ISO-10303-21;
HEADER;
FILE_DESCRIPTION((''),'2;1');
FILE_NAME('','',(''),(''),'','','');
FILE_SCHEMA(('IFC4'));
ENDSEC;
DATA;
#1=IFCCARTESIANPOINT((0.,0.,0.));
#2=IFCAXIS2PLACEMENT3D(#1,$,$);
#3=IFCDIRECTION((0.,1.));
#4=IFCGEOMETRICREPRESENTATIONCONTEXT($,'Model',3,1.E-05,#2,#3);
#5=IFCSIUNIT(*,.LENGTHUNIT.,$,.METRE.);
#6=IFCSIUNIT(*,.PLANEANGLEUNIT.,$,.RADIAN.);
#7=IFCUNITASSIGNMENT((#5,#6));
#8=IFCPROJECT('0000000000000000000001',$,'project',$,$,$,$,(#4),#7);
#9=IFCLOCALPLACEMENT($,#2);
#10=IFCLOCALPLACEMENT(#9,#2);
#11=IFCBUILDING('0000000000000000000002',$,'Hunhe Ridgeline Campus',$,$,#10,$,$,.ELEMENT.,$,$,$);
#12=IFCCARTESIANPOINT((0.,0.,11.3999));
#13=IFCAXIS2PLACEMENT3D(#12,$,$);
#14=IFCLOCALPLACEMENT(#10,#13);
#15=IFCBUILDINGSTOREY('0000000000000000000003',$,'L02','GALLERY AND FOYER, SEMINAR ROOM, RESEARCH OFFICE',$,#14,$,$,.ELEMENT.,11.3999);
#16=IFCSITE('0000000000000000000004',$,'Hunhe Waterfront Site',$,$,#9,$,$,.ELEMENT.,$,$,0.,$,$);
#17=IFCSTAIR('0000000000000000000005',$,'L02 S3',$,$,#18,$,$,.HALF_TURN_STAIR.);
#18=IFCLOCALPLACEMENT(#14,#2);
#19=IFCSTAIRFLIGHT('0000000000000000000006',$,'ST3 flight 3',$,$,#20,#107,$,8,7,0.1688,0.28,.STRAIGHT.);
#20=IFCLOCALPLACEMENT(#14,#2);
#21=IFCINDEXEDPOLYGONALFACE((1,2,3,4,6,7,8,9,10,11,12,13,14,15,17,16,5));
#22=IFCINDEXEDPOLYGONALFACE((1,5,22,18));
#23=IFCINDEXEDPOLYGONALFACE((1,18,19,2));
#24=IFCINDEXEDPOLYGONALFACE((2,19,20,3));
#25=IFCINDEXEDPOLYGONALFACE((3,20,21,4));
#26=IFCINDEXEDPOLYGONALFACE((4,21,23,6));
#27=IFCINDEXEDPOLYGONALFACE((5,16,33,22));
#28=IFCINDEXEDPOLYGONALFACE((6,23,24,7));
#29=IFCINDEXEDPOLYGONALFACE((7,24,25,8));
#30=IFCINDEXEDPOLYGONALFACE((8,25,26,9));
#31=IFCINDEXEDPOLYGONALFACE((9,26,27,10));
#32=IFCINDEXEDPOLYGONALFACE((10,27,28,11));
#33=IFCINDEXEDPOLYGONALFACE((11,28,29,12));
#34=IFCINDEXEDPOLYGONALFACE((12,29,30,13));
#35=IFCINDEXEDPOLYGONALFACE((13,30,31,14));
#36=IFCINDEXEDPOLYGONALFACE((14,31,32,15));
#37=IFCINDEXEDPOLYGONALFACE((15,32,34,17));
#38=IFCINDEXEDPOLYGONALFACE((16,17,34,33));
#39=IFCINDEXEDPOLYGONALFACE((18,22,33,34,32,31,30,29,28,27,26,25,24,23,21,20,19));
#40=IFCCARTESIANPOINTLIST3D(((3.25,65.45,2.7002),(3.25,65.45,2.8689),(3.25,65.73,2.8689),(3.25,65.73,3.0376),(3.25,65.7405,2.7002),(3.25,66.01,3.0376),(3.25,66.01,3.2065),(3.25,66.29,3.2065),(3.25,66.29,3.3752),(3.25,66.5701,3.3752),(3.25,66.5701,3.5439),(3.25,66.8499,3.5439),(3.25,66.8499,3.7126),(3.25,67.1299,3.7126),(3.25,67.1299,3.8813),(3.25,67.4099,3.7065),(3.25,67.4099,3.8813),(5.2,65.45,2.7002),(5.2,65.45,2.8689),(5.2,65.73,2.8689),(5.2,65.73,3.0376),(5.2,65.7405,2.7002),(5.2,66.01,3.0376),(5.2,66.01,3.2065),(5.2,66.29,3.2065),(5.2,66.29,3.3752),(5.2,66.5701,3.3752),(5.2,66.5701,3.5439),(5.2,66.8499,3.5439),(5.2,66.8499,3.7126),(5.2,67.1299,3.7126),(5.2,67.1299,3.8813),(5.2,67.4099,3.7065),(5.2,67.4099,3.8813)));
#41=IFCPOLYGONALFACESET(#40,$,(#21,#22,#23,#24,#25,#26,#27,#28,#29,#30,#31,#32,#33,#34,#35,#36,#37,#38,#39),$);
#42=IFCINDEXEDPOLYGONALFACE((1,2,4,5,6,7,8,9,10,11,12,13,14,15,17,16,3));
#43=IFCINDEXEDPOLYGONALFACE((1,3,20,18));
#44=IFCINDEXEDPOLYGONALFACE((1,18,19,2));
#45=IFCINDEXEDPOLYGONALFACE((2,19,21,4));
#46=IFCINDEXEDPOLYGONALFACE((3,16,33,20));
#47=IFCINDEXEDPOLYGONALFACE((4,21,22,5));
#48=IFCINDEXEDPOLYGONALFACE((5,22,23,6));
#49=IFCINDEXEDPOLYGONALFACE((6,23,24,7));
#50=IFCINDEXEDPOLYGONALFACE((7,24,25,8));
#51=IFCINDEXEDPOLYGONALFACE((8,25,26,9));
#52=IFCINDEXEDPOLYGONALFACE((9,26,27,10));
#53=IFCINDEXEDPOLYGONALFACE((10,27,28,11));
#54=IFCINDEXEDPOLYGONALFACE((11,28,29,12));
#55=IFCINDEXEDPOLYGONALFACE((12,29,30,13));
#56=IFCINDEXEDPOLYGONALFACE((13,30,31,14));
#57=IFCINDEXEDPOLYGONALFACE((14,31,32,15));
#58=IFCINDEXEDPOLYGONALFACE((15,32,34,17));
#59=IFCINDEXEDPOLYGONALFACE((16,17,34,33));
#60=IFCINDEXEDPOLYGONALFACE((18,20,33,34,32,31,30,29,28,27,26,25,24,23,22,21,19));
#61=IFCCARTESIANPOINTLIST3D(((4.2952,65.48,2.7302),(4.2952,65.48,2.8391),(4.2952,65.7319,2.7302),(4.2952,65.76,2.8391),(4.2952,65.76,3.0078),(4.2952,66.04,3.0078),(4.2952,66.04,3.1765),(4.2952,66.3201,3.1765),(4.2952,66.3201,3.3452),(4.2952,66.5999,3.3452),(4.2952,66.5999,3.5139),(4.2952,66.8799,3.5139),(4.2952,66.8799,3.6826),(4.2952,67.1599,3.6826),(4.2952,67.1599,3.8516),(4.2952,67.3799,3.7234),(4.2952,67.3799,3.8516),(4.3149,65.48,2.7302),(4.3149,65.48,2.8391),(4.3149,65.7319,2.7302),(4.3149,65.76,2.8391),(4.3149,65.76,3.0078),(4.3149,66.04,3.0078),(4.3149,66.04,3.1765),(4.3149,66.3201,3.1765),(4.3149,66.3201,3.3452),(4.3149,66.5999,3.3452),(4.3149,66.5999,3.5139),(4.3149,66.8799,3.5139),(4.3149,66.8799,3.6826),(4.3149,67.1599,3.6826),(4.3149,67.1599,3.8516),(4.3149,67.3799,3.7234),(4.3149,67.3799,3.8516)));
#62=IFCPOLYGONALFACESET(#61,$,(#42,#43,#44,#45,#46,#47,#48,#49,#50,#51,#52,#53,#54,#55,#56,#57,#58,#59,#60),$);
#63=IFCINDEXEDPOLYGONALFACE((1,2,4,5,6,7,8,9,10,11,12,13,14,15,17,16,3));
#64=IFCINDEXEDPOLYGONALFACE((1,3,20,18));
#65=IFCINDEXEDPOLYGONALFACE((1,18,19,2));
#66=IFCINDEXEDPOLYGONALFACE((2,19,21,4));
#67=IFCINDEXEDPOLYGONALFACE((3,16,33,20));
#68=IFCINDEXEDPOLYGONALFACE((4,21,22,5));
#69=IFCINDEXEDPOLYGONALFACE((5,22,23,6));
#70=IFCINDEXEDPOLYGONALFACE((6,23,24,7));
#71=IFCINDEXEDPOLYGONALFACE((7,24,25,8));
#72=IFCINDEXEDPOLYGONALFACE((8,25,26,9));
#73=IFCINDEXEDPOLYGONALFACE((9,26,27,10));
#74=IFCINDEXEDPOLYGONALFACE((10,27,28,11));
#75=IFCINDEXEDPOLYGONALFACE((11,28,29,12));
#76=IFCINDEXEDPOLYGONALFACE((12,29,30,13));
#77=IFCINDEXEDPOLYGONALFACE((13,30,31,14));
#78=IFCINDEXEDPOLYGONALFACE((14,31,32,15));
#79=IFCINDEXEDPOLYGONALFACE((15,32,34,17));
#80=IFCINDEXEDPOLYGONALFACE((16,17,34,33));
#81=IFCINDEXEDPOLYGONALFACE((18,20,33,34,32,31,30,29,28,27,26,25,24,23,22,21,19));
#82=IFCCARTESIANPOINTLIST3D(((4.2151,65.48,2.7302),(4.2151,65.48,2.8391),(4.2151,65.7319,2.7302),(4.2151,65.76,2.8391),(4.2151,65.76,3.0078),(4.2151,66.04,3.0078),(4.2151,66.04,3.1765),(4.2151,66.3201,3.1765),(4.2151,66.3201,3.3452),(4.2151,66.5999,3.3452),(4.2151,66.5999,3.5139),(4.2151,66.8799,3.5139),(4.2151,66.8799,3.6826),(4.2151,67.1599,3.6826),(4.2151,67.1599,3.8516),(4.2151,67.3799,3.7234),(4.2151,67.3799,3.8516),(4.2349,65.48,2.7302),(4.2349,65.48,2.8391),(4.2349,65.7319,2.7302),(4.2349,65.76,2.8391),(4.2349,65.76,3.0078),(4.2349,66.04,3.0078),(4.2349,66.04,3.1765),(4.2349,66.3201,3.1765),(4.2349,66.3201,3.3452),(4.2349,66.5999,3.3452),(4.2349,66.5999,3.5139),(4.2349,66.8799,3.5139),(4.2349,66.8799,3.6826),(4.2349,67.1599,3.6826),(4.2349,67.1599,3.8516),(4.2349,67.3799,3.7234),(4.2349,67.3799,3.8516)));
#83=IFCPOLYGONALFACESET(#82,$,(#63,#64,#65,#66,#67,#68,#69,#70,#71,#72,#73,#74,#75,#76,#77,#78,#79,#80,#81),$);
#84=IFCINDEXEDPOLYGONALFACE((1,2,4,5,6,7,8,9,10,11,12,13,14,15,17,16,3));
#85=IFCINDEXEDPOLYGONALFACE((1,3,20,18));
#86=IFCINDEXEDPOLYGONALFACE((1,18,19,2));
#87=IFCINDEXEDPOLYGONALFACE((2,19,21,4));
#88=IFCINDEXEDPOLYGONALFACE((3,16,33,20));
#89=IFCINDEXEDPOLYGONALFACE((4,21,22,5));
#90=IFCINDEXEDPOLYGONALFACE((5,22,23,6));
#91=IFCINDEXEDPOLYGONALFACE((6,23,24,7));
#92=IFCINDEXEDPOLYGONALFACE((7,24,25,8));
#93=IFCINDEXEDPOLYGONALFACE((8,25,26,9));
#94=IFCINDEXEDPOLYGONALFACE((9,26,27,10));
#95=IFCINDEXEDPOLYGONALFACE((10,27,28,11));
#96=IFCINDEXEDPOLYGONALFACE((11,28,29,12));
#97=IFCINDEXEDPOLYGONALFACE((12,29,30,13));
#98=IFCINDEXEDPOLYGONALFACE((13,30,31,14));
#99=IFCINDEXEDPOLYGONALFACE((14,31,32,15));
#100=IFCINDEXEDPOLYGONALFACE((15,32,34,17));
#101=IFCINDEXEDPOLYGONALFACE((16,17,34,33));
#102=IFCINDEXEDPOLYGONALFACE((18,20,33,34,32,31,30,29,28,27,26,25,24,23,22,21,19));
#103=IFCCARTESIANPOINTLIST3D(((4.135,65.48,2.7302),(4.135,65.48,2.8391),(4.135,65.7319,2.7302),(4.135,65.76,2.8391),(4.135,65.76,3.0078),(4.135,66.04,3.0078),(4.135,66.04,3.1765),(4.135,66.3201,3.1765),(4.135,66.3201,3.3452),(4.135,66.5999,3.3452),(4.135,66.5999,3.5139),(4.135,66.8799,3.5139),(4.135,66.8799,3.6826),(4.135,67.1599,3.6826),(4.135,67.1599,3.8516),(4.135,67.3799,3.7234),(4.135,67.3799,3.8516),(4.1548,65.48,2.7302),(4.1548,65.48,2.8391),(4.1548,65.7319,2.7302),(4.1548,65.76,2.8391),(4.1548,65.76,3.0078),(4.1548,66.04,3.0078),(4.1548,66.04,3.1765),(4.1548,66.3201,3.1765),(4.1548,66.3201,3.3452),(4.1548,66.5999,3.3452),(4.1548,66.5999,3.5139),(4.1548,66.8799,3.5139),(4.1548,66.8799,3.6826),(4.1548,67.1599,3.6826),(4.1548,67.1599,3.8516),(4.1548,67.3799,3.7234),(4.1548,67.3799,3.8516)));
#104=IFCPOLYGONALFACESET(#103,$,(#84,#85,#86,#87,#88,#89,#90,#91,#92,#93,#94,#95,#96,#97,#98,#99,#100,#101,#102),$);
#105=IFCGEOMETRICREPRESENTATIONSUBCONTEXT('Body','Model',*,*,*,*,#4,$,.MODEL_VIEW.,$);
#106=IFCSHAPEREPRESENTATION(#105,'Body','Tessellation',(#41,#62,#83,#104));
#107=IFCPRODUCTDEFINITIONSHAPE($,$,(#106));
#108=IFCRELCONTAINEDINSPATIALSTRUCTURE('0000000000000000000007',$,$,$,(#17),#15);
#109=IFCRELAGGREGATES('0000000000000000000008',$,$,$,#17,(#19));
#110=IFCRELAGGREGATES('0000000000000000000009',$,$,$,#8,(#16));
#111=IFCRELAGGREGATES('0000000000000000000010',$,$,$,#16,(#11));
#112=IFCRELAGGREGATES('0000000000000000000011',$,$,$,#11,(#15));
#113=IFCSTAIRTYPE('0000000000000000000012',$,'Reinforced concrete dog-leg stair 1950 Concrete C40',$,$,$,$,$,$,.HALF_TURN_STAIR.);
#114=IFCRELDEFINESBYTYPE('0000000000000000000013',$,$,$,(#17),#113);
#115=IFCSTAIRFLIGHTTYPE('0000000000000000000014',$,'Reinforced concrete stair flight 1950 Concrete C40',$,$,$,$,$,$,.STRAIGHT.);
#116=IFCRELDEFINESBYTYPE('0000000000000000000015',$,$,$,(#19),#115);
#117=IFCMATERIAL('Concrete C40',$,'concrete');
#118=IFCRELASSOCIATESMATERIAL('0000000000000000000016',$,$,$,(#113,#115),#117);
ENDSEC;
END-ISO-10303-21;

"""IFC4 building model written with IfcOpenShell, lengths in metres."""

from ifc_helpers import new_model, si_unit, direction, frame, origin, place, context, subcontext, project, spatial, polyline, outline, extrude, material, type_object, element, aggregate, save


model = new_model("IFC4")

# Units and contexts
model_context = context("Model", 3, precision=1e-05, world=origin(), true_north=direction((0.0, 1.0)))
body_context = subcontext(model_context, "Body", "Model", "MODEL_VIEW")
ifc_project = project(units=[si_unit("LENGTHUNIT", "METRE"), si_unit("PLANEANGLEUNIT", "RADIAN")], contexts=[model_context])

# Site, building, storey
site_placement = place(None, origin())
site = spatial("IfcSite", under=ifc_project, at=site_placement, Name="Hunhe Waterfront Site", CompositionType="ELEMENT", RefElevation=0.0)
building_placement = place(site_placement, origin())
building = spatial("IfcBuilding", under=site, at=building_placement, Name="Hunhe Ridgeline Campus", CompositionType="ELEMENT")
storey_placement = place(building_placement, frame((0.0, 0.0, 11.3999)))
storey = spatial("IfcBuildingStorey", under=building, at=storey_placement, Name="L02", Description="GALLERY AND FOYER, SEMINAR ROOM, RESEARCH OFFICE", CompositionType="ELEMENT", Elevation=11.3999)

# Stair, stair flight
ifc_material_1 = material(Name="Concrete C40", Category="concrete")
stair_type = type_object("IfcStairType", Name="Reinforced concrete dog-leg stair 1950 Concrete C40", PredefinedType="HALF_TURN_STAIR", material=ifc_material_1)
stair_1_placement = place(storey_placement, origin())
stair_1 = element("IfcStair", 1, at=stair_1_placement, inside=storey, type_object=stair_type, Name="L02 S3", PredefinedType="HALF_TURN_STAIR")
stair_flight_type = type_object("IfcStairFlightType", Name="Reinforced concrete stair flight 1950 Concrete C40", PredefinedType="STRAIGHT", material=ifc_material_1)
stair_flight_1_placement = place(storey_placement, frame((4.2251, 65.45, 2.7002), z_axis=(0.0, 0.0, 1.0), x_axis=(0.0, 1.0, 0.0)))
stair_flight_1 = element("IfcStairFlight", 2, at=stair_flight_1_placement, type_object=stair_flight_type, Name="ST3 flight 3", NumberOfRisers=8, NumberOfTreads=7, PredefinedType="STRAIGHT", RiserHeight=0.1688, TreadLength=0.28, context=body_context, shape_type="SweptSolid", body=[
    extrude(outline(polyline([(0.0, 0.0), (0.0, 0.1687), (0.28, 0.1687), (0.28, 0.3374), (0.5601, 0.3374), (0.5601, 0.5063), (0.8401, 0.5063), (0.8401, 0.675), (1.1201, 0.675), (1.1201, 0.8438), (1.3999, 0.8438), (1.3999, 1.0125), (1.6799, 1.0125), (1.6799, 1.1812), (1.96, 1.1812), (1.96, 1.3501), (1.96, 1.0063), (0.2905, 0.0), (0.0, 0.0)])), frame((0.0, 0.9751, 0.0), z_axis=(0.0, -1.0, 0.0), x_axis=(1.0, 0.0, 0.0)), (0.0, 0.0, 1.0), 1.95),
    extrude(outline(polyline([(0.03, 0.03), (0.03, 0.1389), (0.3101, 0.1389), (0.3101, 0.3076), (0.5901, 0.3076), (0.5901, 0.4763), (0.8701, 0.4763), (0.8701, 0.645), (1.1499, 0.645), (1.1499, 0.8137), (1.4299, 0.8137), (1.4299, 0.9824), (1.71, 0.9824), (1.71, 1.1514), (1.9299, 1.1514), (1.9299, 1.0232), (0.282, 0.03), (0.03, 0.03)])), frame((0.0, -0.0701, 0.0), z_axis=(0.0, -1.0, 0.0), x_axis=(1.0, 0.0, 0.0)), (0.0, 0.0, 1.0), 0.0198),
    extrude(outline(polyline([(0.03, 0.03), (0.03, 0.1389), (0.3101, 0.1389), (0.3101, 0.3076), (0.5901, 0.3076), (0.5901, 0.4763), (0.8701, 0.4763), (0.8701, 0.645), (1.1499, 0.645), (1.1499, 0.8137), (1.4299, 0.8137), (1.4299, 0.9824), (1.71, 0.9824), (1.71, 1.1514), (1.9299, 1.1514), (1.9299, 1.0232), (0.282, 0.03), (0.03, 0.03)])), frame((0.0, 0.01, 0.0), z_axis=(0.0, -1.0, 0.0), x_axis=(1.0, 0.0, 0.0)), (0.0, 0.0, 1.0), 0.0198),
    extrude(outline(polyline([(0.03, 0.03), (0.03, 0.1389), (0.3101, 0.1389), (0.3101, 0.3076), (0.5901, 0.3076), (0.5901, 0.4763), (0.8701, 0.4763), (0.8701, 0.645), (1.1499, 0.645), (1.1499, 0.8137), (1.4299, 0.8137), (1.4299, 0.9824), (1.71, 0.9824), (1.71, 1.1514), (1.9299, 1.1514), (1.9299, 1.0232), (0.282, 0.03), (0.03, 0.03)])), frame((0.0, 0.0901, 0.0), z_axis=(0.0, -1.0, 0.0), x_axis=(1.0, 0.0, 0.0)), (0.0, 0.0, 1.0), 0.0198),
])
aggregate(stair_1, [stair_flight_1])

save(model, "model.ifc")
